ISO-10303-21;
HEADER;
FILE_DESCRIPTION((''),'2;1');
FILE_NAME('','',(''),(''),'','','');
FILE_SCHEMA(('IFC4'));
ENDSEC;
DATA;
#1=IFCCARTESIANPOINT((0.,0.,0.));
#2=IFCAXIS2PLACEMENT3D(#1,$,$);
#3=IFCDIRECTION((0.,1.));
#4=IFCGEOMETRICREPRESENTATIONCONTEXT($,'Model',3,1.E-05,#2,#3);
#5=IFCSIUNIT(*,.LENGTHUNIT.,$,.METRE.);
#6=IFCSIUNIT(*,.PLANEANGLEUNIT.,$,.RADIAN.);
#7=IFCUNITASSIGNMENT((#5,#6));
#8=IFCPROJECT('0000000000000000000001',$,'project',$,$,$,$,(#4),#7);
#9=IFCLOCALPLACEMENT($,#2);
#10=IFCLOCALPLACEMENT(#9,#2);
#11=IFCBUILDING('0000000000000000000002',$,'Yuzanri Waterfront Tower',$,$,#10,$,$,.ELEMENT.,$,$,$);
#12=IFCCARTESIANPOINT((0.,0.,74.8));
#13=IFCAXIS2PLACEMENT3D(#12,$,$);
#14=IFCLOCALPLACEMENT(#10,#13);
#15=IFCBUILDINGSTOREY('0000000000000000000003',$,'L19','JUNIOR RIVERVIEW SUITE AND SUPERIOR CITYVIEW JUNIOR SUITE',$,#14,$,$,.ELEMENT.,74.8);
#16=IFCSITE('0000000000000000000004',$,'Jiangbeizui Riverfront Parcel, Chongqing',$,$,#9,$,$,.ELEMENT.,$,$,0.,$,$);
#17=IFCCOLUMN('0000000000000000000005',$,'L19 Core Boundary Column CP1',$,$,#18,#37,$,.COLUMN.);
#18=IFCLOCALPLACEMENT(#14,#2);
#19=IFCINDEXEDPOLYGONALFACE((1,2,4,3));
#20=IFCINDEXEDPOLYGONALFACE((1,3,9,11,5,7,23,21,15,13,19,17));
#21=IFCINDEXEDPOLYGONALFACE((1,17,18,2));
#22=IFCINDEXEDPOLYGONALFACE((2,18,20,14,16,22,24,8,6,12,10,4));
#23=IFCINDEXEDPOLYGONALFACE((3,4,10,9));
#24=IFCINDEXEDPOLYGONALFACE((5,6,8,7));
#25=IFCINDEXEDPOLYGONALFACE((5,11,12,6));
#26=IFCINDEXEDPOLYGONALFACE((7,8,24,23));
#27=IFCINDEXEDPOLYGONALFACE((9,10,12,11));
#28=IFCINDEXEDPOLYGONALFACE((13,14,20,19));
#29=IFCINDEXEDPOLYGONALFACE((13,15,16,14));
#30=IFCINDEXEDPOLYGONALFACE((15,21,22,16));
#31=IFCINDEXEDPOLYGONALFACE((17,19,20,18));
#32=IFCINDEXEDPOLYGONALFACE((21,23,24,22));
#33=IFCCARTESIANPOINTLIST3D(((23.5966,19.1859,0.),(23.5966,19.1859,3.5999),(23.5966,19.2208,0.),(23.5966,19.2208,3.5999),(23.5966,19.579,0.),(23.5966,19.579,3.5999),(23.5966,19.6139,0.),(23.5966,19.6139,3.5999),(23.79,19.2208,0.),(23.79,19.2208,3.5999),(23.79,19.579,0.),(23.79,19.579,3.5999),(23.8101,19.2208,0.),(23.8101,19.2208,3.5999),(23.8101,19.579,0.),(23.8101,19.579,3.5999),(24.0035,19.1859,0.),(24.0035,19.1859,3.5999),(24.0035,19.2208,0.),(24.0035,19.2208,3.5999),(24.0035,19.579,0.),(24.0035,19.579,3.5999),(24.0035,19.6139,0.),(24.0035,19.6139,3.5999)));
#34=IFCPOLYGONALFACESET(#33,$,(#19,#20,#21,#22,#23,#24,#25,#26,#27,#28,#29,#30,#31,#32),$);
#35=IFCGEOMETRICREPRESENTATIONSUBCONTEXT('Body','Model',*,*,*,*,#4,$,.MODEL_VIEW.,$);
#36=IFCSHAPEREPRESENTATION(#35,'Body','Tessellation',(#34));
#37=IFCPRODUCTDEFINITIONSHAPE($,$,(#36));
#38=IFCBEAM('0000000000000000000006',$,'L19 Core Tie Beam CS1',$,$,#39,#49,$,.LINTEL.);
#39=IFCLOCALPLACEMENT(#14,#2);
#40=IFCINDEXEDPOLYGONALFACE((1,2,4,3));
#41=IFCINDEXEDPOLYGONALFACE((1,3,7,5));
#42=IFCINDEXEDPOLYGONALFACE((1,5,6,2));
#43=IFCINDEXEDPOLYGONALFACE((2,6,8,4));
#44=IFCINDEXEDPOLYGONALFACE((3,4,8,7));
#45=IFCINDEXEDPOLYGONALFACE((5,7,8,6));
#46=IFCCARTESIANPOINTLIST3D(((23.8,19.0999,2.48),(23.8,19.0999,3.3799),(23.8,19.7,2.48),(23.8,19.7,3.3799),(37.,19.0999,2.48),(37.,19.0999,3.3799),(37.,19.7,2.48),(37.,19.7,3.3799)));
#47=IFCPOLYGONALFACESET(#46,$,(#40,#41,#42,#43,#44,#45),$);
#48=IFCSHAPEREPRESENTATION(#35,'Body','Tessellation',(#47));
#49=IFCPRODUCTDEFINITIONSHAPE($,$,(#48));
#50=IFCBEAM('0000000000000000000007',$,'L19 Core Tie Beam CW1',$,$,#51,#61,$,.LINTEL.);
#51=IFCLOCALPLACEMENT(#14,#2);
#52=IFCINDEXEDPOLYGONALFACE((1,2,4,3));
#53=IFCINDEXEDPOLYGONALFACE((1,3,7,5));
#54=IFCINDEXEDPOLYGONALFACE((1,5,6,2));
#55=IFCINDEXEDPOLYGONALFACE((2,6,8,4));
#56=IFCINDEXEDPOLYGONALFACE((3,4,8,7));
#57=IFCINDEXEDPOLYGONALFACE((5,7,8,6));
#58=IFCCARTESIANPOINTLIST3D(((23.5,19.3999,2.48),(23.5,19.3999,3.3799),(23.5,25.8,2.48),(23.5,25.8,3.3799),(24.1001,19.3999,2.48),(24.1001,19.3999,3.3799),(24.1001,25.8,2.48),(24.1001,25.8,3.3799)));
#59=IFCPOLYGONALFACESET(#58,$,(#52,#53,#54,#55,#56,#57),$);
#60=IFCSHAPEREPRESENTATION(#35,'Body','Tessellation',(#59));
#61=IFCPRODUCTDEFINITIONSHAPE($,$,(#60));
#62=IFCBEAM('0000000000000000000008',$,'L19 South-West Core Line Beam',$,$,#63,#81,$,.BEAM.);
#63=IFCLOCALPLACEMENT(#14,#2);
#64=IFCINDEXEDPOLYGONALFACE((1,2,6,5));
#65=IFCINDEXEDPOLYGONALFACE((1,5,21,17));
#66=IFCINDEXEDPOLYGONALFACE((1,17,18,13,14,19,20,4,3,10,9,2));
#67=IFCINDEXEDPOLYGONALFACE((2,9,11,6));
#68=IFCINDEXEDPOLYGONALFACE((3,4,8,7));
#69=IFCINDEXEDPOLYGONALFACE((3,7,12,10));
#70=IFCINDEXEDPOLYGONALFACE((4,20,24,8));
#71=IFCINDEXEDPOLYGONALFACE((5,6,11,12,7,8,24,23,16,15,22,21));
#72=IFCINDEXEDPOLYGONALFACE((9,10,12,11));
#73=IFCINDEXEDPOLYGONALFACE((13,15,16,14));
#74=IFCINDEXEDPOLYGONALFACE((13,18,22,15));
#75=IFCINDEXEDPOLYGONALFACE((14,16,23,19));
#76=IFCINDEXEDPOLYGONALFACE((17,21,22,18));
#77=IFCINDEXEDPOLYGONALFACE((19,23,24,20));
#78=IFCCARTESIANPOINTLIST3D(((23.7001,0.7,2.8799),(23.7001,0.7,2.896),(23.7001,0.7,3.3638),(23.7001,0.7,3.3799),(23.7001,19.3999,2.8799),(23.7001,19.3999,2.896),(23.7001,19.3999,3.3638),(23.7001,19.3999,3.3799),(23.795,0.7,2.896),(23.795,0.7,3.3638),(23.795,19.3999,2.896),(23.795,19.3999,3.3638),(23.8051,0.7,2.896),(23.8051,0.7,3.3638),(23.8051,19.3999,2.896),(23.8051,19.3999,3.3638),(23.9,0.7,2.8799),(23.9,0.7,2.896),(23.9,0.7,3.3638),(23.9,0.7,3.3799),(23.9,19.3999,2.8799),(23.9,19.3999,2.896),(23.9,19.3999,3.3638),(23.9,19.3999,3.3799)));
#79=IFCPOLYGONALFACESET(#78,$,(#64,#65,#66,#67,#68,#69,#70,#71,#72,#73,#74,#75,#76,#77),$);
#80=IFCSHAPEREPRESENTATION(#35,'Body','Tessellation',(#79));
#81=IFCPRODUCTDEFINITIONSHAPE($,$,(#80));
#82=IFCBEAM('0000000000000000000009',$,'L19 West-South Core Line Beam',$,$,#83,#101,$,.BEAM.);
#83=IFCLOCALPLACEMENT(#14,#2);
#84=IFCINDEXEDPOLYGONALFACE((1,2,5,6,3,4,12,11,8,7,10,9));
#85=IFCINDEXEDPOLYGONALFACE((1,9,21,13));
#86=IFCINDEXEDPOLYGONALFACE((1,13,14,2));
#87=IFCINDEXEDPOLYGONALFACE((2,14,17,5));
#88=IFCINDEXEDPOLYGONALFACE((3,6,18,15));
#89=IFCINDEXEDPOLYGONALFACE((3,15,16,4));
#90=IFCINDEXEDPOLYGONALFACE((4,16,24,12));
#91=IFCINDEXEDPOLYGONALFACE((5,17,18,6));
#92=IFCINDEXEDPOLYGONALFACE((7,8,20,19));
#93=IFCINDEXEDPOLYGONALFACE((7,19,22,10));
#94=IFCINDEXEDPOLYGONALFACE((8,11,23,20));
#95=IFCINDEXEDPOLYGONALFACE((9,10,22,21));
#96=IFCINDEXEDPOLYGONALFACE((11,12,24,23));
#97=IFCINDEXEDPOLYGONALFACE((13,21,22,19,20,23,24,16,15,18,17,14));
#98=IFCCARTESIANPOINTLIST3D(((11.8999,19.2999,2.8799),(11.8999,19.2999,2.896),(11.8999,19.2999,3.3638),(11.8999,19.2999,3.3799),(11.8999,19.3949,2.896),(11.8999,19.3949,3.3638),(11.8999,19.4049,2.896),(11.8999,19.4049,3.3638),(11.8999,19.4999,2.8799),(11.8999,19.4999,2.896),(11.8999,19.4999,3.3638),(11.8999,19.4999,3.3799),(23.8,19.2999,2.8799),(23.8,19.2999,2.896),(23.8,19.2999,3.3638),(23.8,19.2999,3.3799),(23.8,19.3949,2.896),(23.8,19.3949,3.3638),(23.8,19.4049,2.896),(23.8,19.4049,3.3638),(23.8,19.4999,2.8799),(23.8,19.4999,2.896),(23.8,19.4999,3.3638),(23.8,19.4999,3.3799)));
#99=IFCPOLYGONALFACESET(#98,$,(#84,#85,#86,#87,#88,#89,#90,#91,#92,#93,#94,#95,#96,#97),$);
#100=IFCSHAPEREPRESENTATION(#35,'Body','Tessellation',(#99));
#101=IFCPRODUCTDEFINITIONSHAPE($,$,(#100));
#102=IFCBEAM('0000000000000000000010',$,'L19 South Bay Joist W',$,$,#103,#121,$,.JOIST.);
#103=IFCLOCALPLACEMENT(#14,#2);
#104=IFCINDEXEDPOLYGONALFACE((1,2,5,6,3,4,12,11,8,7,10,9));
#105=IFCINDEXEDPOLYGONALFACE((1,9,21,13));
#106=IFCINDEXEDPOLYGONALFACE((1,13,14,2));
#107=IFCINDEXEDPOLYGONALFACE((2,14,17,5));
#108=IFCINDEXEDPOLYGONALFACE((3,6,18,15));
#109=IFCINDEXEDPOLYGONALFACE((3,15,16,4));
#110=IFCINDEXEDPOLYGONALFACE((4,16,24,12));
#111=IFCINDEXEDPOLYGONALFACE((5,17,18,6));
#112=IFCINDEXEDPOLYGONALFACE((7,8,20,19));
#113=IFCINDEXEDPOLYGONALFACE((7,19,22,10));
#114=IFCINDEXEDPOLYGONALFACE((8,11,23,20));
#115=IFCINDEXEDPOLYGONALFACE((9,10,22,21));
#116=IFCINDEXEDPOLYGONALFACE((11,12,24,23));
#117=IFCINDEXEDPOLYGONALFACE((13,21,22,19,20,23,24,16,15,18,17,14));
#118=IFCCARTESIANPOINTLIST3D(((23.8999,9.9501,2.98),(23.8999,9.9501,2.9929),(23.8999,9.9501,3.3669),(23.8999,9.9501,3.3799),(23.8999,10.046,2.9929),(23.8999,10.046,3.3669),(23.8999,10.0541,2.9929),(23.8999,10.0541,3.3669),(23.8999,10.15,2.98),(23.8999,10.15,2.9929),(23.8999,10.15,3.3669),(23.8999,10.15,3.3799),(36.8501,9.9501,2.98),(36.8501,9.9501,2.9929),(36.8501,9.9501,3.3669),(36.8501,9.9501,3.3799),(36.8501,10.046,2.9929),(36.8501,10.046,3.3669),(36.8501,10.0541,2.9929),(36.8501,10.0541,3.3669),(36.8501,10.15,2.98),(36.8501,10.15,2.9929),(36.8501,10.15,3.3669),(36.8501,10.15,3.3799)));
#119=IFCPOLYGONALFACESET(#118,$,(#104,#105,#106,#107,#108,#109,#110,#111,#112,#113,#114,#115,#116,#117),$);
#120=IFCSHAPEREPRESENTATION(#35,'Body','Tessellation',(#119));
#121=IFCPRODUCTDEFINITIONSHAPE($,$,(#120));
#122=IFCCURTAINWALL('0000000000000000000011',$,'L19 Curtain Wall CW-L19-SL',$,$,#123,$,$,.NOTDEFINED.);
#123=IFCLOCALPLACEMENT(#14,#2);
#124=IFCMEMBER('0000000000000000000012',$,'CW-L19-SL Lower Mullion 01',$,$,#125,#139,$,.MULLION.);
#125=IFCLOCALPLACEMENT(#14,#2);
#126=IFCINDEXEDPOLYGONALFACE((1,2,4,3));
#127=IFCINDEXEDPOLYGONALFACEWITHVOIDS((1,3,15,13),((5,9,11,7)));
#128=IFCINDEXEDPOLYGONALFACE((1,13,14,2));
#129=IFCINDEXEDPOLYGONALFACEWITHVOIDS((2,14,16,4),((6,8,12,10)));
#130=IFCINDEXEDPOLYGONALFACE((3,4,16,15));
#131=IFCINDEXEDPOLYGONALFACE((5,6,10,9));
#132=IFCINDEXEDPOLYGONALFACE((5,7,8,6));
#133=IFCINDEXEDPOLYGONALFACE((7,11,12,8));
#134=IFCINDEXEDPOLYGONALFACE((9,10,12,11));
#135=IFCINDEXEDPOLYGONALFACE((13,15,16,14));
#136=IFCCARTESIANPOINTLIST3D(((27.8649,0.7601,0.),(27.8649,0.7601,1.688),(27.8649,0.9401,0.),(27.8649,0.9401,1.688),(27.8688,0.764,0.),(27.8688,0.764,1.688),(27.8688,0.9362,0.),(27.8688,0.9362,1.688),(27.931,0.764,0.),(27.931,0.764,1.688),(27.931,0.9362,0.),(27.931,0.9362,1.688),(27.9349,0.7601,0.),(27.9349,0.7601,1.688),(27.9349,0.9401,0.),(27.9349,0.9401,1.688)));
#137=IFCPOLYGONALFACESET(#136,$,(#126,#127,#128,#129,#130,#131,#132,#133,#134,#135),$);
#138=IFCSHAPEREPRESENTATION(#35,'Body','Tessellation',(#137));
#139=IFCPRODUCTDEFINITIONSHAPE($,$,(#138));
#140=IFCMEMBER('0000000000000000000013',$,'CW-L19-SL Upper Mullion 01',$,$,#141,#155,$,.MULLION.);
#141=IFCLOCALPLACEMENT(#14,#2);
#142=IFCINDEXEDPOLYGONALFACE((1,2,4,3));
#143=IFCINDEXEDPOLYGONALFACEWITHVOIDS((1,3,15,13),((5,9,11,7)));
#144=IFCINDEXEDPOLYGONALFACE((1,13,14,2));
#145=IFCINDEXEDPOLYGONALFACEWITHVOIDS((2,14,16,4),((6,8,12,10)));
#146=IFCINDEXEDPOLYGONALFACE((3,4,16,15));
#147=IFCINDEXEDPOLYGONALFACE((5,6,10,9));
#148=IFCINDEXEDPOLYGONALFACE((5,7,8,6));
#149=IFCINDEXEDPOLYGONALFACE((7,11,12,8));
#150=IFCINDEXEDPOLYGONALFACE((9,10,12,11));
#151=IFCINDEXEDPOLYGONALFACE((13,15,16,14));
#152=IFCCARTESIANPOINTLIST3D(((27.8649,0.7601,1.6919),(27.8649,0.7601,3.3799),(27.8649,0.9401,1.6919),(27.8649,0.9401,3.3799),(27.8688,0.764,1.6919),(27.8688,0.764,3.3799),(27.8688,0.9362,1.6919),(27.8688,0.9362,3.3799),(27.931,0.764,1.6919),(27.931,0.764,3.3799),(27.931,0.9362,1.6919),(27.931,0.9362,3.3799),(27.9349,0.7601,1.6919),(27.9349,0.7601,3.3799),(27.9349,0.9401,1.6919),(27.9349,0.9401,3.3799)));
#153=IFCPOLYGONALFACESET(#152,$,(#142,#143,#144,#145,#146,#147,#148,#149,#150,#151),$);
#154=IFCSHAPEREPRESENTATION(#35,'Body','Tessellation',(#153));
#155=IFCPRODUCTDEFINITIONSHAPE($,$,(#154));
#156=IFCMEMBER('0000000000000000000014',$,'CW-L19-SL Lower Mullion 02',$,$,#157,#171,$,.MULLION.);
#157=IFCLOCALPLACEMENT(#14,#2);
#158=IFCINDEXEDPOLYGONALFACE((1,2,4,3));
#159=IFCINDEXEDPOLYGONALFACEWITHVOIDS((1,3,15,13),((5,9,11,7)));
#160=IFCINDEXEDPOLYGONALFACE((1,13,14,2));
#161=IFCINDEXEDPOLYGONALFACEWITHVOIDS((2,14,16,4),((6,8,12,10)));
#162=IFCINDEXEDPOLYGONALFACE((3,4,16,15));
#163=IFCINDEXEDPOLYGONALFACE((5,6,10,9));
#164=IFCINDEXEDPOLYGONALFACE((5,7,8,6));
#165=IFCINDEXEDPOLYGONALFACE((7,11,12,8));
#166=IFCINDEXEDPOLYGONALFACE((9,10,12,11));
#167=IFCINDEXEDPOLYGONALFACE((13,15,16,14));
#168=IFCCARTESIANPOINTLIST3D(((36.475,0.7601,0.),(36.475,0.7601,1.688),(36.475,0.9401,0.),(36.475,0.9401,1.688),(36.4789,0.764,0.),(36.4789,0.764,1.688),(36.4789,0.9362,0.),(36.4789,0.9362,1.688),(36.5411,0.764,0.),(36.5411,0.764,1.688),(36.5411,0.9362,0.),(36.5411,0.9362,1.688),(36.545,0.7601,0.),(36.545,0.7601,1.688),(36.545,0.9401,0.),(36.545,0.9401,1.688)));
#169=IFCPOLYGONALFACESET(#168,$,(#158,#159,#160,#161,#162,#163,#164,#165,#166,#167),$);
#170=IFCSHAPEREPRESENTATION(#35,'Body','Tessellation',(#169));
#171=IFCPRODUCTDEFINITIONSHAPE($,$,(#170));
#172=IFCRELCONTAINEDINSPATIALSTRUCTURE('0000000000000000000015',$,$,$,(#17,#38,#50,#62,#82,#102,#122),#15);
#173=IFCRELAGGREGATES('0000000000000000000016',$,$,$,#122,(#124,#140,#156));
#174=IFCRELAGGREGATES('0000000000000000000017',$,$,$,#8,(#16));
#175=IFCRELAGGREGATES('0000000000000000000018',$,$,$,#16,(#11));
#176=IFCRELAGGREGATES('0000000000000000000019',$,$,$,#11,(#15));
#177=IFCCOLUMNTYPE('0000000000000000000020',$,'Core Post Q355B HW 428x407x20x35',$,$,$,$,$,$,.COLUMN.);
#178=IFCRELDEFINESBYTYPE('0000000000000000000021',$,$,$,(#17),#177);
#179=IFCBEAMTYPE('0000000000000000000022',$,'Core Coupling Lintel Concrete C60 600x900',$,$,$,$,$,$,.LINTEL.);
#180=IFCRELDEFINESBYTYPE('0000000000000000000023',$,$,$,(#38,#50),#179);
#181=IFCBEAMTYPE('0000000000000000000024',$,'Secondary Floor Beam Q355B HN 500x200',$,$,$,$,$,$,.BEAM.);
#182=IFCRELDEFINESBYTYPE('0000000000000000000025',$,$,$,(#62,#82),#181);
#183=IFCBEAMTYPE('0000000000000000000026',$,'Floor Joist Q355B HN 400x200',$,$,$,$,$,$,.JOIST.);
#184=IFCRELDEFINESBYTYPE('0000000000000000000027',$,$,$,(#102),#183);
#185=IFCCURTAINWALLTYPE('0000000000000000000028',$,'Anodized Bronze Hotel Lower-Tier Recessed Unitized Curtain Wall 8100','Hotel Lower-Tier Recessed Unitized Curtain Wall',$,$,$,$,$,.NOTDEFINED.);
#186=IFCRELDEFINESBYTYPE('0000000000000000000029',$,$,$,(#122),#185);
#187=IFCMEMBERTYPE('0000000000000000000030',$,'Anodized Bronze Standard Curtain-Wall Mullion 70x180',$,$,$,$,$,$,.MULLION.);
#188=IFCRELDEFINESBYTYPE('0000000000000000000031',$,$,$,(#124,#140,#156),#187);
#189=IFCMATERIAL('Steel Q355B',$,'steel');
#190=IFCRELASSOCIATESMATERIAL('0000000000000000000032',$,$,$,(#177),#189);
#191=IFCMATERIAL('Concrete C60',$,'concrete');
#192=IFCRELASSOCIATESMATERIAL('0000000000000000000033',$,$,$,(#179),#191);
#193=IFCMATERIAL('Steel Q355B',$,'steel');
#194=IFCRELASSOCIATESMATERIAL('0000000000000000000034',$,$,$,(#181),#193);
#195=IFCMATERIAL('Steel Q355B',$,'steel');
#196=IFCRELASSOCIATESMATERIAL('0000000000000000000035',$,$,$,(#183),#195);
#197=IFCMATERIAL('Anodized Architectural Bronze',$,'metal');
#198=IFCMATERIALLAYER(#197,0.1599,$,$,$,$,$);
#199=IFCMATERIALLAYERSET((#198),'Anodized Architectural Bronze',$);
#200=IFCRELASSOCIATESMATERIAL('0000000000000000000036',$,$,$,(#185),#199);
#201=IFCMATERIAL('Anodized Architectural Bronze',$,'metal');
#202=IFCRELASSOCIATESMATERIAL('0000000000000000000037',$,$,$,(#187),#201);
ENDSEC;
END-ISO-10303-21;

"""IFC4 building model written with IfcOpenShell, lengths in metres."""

from ifc_helpers import new_model, si_unit, direction, frame, origin, origin_2d, place, context, subcontext, project, spatial, rectangle, hollow_rectangle, i_section, extrude, source, transform, mapped, material, layer, layer_set, material_profile, profile_set, type_object, element, aggregate, save


model = new_model("IFC4")

# Units and contexts
model_context = context("Model", 3, precision=1e-05, world=origin(), true_north=direction((0.0, 1.0)))
body_context = subcontext(model_context, "Body", "Model", "MODEL_VIEW")
ifc_project = project(units=[si_unit("LENGTHUNIT", "METRE"), si_unit("PLANEANGLEUNIT", "RADIAN")], contexts=[model_context])

# Site, building, storey
site_placement = place(None, origin())
site = spatial("IfcSite", under=ifc_project, at=site_placement, Name="Jiangbeizui Riverfront Parcel, Chongqing", CompositionType="ELEMENT", RefElevation=0.0)
building_placement = place(site_placement, origin())
building = spatial("IfcBuilding", under=site, at=building_placement, Name="Yuzanri Waterfront Tower", CompositionType="ELEMENT")
storey_placement = place(building_placement, frame((0.0, 0.0, 74.8)))
storey = spatial("IfcBuildingStorey", under=building, at=storey_placement, Name="L19", Description="JUNIOR RIVERVIEW SUITE AND SUPERIOR CITYVIEW JUNIOR SUITE", CompositionType="ELEMENT", Elevation=74.8)

# Column
ifc_material_1 = material(Name="Steel Q355B", Category="steel")
ifc_material_profile_1 = material_profile(ifc_material_1, i_section(OverallWidth=0.407, OverallDepth=0.428, WebThickness=0.02, FlangeThickness=0.0349, at=origin_2d()), Name="HW 428x407x20x35")
ifc_profile_set_1 = profile_set([ifc_material_profile_1], Name="Steel Q355B")
column_type = type_object("IfcColumnType", Name="Core Post Q355B HW 428x407x20x35", PredefinedType="COLUMN", material=ifc_profile_set_1)
shared_shape_1 = source(origin(), body_context, "Body", "SweptSolid", [
    extrude(i_section(OverallWidth=0.407, OverallDepth=0.428, WebThickness=0.02, FlangeThickness=0.0349, at=origin_2d()), origin(), (0.0, 0.0, 1.0), 3.5999),
])
column_placement = place(storey_placement, frame((23.8, 19.3999, 0.0), z_axis=(0.0, 0.0, 1.0), x_axis=(1.0, 0.0, 0.0)))
element("IfcColumn", 1, at=column_placement, inside=storey, type_object=column_type, Name="L19 Core Boundary Column CP1", PredefinedType="COLUMN", context=body_context, shape_type="MappedRepresentation", body=[
    mapped(shared_shape_1, transform((0.0, 0.0, 0.0), scale=1.0)),
])

# Beams
ifc_material_2 = material(Name="Concrete C60", Category="concrete")
ifc_material_profile_2 = material_profile(ifc_material_2, rectangle(XDim=0.6001, YDim=0.8999, at=origin_2d()), Name="RC 600x900")
ifc_profile_set_2 = profile_set([ifc_material_profile_2], Name="Concrete C60")
beam_type_1 = type_object("IfcBeamType", Name="Core Coupling Lintel Concrete C60 600x900", PredefinedType="LINTEL", material=ifc_profile_set_2)
shared_shape_2 = source(origin(), body_context, "Body", "SweptSolid", [
    extrude(rectangle(XDim=0.6001, YDim=0.8999, at=origin_2d()), origin(), (0.0, 0.0, 1.0), 13.2),
])
beam_1_placement = place(storey_placement, frame((23.8, 19.3999, 2.9299), z_axis=(1.0, 0.0, 0.0), x_axis=(0.0, 1.0, 0.0)))
element("IfcBeam", 2, at=beam_1_placement, inside=storey, type_object=beam_type_1, Name="L19 Core Tie Beam CS1", PredefinedType="LINTEL", context=body_context, shape_type="MappedRepresentation", body=[
    mapped(shared_shape_2, transform((0.0, 0.0, 0.0), scale=1.0)),
])
shared_shape_3 = source(origin(), body_context, "Body", "SweptSolid", [
    extrude(rectangle(XDim=0.6001, YDim=0.8999, at=origin_2d()), origin(), (0.0, 0.0, 1.0), 6.4001),
])
beam_2_placement = place(storey_placement, frame((23.8, 19.3999, 2.9299), z_axis=(0.0, 1.0, 0.0), x_axis=(-1.0, 0.0, 0.0)))
element("IfcBeam", 3, at=beam_2_placement, inside=storey, type_object=beam_type_1, Name="L19 Core Tie Beam CW1", PredefinedType="LINTEL", context=body_context, shape_type="MappedRepresentation", body=[
    mapped(shared_shape_3, transform((0.0, 0.0, 0.0), scale=1.0)),
])
ifc_material_3 = material(Name="Steel Q355B", Category="steel")
ifc_material_profile_3 = material_profile(ifc_material_3, i_section(OverallWidth=0.2, OverallDepth=0.5, WebThickness=0.01, FlangeThickness=0.0161, at=origin_2d()), Name="HN 500x200x10x16")
ifc_profile_set_3 = profile_set([ifc_material_profile_3], Name="Steel Q355B")
beam_type_2 = type_object("IfcBeamType", Name="Secondary Floor Beam Q355B HN 500x200", PredefinedType="BEAM", material=ifc_profile_set_3)
shared_shape_4 = source(origin(), body_context, "Body", "SweptSolid", [
    extrude(i_section(OverallWidth=0.2, OverallDepth=0.5, WebThickness=0.01, FlangeThickness=0.0161, at=origin_2d()), origin(), (0.0, 0.0, 1.0), 18.7),
])
beam_3_placement = place(storey_placement, frame((23.8, 19.3999, 3.1299), z_axis=(0.0, -1.0, 0.0), x_axis=(1.0, 0.0, 0.0)))
element("IfcBeam", 4, at=beam_3_placement, inside=storey, type_object=beam_type_2, Name="L19 South-West Core Line Beam", PredefinedType="BEAM", context=body_context, shape_type="MappedRepresentation", body=[
    mapped(shared_shape_4, transform((0.0, 0.0, 0.0), scale=1.0)),
])
shared_shape_5 = source(origin(), body_context, "Body", "SweptSolid", [
    extrude(i_section(OverallWidth=0.2, OverallDepth=0.5, WebThickness=0.01, FlangeThickness=0.0161, at=origin_2d()), origin(), (0.0, 0.0, 1.0), 11.9001),
])
beam_4_placement = place(storey_placement, frame((23.8, 19.3999, 3.1299), z_axis=(-1.0, 0.0, 0.0), x_axis=(0.0, -1.0, 0.0)))
element("IfcBeam", 5, at=beam_4_placement, inside=storey, type_object=beam_type_2, Name="L19 West-South Core Line Beam", PredefinedType="BEAM", context=body_context, shape_type="MappedRepresentation", body=[
    mapped(shared_shape_5, transform((0.0, 0.0, 0.0), scale=1.0)),
])
ifc_material_4 = material(Name="Steel Q355B", Category="steel")
ifc_material_profile_4 = material_profile(ifc_material_4, i_section(OverallWidth=0.2, OverallDepth=0.3999, WebThickness=0.0081, FlangeThickness=0.0129, at=origin_2d()), Name="HN 400x200x8x13")
ifc_profile_set_4 = profile_set([ifc_material_profile_4], Name="Steel Q355B")
beam_type_3 = type_object("IfcBeamType", Name="Floor Joist Q355B HN 400x200", PredefinedType="JOIST", material=ifc_profile_set_4)
shared_shape_6 = source(origin(), body_context, "Body", "SweptSolid", [
    extrude(i_section(OverallWidth=0.2, OverallDepth=0.3999, WebThickness=0.0081, FlangeThickness=0.0129, at=origin_2d()), origin(), (0.0, 0.0, 1.0), 12.9502),
])
beam_5_placement = place(storey_placement, frame((23.8999, 10.05, 3.1799), z_axis=(1.0, 0.0, 0.0), x_axis=(0.0, 1.0, 0.0)))
element("IfcBeam", 6, at=beam_5_placement, inside=storey, type_object=beam_type_3, Name="L19 South Bay Joist W", PredefinedType="JOIST", context=body_context, shape_type="MappedRepresentation", body=[
    mapped(shared_shape_6, transform((0.0, 0.0, 0.0), scale=1.0)),
])

# Curtain wall, members
ifc_material_5 = material(Name="Anodized Architectural Bronze", Category="metal")
ifc_layer_1 = layer(ifc_material_5, 0.1599)
ifc_layer_set_1 = layer_set([ifc_layer_1], Name="Anodized Architectural Bronze")
curtain_wall_type = type_object("IfcCurtainWallType", Name="Anodized Bronze Hotel Lower-Tier Recessed Unitized Curtain Wall 8100", Description="Hotel Lower-Tier Recessed Unitized Curtain Wall", PredefinedType="NOTDEFINED", material=ifc_layer_set_1)
curtain_wall_placement = place(storey_placement, origin())
curtain_wall = element("IfcCurtainWall", 7, at=curtain_wall_placement, inside=storey, type_object=curtain_wall_type, Name="L19 Curtain Wall CW-L19-SL", PredefinedType="NOTDEFINED")
ifc_material_6 = material(Name="Anodized Architectural Bronze", Category="metal")
ifc_material_profile_5 = material_profile(ifc_material_6, hollow_rectangle(XDim=0.0701, YDim=0.1799, WallThickness=0.0039, at=origin_2d()), Name="CWM 70x180")
ifc_profile_set_5 = profile_set([ifc_material_profile_5], Name="Anodized Architectural Bronze")
member_type = type_object("IfcMemberType", Name="Anodized Bronze Standard Curtain-Wall Mullion 70x180", PredefinedType="MULLION", material=ifc_profile_set_5)
shared_shape_7 = source(origin(), body_context, "Body", "SweptSolid", [
    extrude(hollow_rectangle(XDim=0.0701, YDim=0.1799, WallThickness=0.0039, at=origin_2d()), origin(), (0.0, 0.0, 1.0), 1.688),
])
member_1_placement = place(storey_placement, frame((27.8999, 0.8501, 0.0), z_axis=(0.0, 0.0, 1.0), x_axis=(1.0, 0.0, 0.0)))
member_1 = element("IfcMember", 8, at=member_1_placement, type_object=member_type, Name="CW-L19-SL Lower Mullion 01", PredefinedType="MULLION", context=body_context, shape_type="MappedRepresentation", body=[
    mapped(shared_shape_7, transform((0.0, 0.0, 0.0), scale=1.0)),
])
member_2_placement = place(storey_placement, frame((27.8999, 0.8501, 1.6919), z_axis=(0.0, 0.0, 1.0), x_axis=(1.0, 0.0, 0.0)))
member_2 = element("IfcMember", 9, at=member_2_placement, type_object=member_type, Name="CW-L19-SL Upper Mullion 01", PredefinedType="MULLION", context=body_context, shape_type="MappedRepresentation", body=[
    mapped(shared_shape_7, transform((0.0, 0.0, 0.0), scale=1.0)),
])
member_3_placement = place(storey_placement, frame((36.51, 0.8501, 0.0), z_axis=(0.0, 0.0, 1.0), x_axis=(1.0, 0.0, 0.0)))
member_3 = element("IfcMember", 10, at=member_3_placement, type_object=member_type, Name="CW-L19-SL Lower Mullion 02", PredefinedType="MULLION", context=body_context, shape_type="MappedRepresentation", body=[
    mapped(shared_shape_7, transform((0.0, 0.0, 0.0), scale=1.0)),
])
aggregate(curtain_wall, [member_1, member_2, member_3])

save(model, "model.ifc")
